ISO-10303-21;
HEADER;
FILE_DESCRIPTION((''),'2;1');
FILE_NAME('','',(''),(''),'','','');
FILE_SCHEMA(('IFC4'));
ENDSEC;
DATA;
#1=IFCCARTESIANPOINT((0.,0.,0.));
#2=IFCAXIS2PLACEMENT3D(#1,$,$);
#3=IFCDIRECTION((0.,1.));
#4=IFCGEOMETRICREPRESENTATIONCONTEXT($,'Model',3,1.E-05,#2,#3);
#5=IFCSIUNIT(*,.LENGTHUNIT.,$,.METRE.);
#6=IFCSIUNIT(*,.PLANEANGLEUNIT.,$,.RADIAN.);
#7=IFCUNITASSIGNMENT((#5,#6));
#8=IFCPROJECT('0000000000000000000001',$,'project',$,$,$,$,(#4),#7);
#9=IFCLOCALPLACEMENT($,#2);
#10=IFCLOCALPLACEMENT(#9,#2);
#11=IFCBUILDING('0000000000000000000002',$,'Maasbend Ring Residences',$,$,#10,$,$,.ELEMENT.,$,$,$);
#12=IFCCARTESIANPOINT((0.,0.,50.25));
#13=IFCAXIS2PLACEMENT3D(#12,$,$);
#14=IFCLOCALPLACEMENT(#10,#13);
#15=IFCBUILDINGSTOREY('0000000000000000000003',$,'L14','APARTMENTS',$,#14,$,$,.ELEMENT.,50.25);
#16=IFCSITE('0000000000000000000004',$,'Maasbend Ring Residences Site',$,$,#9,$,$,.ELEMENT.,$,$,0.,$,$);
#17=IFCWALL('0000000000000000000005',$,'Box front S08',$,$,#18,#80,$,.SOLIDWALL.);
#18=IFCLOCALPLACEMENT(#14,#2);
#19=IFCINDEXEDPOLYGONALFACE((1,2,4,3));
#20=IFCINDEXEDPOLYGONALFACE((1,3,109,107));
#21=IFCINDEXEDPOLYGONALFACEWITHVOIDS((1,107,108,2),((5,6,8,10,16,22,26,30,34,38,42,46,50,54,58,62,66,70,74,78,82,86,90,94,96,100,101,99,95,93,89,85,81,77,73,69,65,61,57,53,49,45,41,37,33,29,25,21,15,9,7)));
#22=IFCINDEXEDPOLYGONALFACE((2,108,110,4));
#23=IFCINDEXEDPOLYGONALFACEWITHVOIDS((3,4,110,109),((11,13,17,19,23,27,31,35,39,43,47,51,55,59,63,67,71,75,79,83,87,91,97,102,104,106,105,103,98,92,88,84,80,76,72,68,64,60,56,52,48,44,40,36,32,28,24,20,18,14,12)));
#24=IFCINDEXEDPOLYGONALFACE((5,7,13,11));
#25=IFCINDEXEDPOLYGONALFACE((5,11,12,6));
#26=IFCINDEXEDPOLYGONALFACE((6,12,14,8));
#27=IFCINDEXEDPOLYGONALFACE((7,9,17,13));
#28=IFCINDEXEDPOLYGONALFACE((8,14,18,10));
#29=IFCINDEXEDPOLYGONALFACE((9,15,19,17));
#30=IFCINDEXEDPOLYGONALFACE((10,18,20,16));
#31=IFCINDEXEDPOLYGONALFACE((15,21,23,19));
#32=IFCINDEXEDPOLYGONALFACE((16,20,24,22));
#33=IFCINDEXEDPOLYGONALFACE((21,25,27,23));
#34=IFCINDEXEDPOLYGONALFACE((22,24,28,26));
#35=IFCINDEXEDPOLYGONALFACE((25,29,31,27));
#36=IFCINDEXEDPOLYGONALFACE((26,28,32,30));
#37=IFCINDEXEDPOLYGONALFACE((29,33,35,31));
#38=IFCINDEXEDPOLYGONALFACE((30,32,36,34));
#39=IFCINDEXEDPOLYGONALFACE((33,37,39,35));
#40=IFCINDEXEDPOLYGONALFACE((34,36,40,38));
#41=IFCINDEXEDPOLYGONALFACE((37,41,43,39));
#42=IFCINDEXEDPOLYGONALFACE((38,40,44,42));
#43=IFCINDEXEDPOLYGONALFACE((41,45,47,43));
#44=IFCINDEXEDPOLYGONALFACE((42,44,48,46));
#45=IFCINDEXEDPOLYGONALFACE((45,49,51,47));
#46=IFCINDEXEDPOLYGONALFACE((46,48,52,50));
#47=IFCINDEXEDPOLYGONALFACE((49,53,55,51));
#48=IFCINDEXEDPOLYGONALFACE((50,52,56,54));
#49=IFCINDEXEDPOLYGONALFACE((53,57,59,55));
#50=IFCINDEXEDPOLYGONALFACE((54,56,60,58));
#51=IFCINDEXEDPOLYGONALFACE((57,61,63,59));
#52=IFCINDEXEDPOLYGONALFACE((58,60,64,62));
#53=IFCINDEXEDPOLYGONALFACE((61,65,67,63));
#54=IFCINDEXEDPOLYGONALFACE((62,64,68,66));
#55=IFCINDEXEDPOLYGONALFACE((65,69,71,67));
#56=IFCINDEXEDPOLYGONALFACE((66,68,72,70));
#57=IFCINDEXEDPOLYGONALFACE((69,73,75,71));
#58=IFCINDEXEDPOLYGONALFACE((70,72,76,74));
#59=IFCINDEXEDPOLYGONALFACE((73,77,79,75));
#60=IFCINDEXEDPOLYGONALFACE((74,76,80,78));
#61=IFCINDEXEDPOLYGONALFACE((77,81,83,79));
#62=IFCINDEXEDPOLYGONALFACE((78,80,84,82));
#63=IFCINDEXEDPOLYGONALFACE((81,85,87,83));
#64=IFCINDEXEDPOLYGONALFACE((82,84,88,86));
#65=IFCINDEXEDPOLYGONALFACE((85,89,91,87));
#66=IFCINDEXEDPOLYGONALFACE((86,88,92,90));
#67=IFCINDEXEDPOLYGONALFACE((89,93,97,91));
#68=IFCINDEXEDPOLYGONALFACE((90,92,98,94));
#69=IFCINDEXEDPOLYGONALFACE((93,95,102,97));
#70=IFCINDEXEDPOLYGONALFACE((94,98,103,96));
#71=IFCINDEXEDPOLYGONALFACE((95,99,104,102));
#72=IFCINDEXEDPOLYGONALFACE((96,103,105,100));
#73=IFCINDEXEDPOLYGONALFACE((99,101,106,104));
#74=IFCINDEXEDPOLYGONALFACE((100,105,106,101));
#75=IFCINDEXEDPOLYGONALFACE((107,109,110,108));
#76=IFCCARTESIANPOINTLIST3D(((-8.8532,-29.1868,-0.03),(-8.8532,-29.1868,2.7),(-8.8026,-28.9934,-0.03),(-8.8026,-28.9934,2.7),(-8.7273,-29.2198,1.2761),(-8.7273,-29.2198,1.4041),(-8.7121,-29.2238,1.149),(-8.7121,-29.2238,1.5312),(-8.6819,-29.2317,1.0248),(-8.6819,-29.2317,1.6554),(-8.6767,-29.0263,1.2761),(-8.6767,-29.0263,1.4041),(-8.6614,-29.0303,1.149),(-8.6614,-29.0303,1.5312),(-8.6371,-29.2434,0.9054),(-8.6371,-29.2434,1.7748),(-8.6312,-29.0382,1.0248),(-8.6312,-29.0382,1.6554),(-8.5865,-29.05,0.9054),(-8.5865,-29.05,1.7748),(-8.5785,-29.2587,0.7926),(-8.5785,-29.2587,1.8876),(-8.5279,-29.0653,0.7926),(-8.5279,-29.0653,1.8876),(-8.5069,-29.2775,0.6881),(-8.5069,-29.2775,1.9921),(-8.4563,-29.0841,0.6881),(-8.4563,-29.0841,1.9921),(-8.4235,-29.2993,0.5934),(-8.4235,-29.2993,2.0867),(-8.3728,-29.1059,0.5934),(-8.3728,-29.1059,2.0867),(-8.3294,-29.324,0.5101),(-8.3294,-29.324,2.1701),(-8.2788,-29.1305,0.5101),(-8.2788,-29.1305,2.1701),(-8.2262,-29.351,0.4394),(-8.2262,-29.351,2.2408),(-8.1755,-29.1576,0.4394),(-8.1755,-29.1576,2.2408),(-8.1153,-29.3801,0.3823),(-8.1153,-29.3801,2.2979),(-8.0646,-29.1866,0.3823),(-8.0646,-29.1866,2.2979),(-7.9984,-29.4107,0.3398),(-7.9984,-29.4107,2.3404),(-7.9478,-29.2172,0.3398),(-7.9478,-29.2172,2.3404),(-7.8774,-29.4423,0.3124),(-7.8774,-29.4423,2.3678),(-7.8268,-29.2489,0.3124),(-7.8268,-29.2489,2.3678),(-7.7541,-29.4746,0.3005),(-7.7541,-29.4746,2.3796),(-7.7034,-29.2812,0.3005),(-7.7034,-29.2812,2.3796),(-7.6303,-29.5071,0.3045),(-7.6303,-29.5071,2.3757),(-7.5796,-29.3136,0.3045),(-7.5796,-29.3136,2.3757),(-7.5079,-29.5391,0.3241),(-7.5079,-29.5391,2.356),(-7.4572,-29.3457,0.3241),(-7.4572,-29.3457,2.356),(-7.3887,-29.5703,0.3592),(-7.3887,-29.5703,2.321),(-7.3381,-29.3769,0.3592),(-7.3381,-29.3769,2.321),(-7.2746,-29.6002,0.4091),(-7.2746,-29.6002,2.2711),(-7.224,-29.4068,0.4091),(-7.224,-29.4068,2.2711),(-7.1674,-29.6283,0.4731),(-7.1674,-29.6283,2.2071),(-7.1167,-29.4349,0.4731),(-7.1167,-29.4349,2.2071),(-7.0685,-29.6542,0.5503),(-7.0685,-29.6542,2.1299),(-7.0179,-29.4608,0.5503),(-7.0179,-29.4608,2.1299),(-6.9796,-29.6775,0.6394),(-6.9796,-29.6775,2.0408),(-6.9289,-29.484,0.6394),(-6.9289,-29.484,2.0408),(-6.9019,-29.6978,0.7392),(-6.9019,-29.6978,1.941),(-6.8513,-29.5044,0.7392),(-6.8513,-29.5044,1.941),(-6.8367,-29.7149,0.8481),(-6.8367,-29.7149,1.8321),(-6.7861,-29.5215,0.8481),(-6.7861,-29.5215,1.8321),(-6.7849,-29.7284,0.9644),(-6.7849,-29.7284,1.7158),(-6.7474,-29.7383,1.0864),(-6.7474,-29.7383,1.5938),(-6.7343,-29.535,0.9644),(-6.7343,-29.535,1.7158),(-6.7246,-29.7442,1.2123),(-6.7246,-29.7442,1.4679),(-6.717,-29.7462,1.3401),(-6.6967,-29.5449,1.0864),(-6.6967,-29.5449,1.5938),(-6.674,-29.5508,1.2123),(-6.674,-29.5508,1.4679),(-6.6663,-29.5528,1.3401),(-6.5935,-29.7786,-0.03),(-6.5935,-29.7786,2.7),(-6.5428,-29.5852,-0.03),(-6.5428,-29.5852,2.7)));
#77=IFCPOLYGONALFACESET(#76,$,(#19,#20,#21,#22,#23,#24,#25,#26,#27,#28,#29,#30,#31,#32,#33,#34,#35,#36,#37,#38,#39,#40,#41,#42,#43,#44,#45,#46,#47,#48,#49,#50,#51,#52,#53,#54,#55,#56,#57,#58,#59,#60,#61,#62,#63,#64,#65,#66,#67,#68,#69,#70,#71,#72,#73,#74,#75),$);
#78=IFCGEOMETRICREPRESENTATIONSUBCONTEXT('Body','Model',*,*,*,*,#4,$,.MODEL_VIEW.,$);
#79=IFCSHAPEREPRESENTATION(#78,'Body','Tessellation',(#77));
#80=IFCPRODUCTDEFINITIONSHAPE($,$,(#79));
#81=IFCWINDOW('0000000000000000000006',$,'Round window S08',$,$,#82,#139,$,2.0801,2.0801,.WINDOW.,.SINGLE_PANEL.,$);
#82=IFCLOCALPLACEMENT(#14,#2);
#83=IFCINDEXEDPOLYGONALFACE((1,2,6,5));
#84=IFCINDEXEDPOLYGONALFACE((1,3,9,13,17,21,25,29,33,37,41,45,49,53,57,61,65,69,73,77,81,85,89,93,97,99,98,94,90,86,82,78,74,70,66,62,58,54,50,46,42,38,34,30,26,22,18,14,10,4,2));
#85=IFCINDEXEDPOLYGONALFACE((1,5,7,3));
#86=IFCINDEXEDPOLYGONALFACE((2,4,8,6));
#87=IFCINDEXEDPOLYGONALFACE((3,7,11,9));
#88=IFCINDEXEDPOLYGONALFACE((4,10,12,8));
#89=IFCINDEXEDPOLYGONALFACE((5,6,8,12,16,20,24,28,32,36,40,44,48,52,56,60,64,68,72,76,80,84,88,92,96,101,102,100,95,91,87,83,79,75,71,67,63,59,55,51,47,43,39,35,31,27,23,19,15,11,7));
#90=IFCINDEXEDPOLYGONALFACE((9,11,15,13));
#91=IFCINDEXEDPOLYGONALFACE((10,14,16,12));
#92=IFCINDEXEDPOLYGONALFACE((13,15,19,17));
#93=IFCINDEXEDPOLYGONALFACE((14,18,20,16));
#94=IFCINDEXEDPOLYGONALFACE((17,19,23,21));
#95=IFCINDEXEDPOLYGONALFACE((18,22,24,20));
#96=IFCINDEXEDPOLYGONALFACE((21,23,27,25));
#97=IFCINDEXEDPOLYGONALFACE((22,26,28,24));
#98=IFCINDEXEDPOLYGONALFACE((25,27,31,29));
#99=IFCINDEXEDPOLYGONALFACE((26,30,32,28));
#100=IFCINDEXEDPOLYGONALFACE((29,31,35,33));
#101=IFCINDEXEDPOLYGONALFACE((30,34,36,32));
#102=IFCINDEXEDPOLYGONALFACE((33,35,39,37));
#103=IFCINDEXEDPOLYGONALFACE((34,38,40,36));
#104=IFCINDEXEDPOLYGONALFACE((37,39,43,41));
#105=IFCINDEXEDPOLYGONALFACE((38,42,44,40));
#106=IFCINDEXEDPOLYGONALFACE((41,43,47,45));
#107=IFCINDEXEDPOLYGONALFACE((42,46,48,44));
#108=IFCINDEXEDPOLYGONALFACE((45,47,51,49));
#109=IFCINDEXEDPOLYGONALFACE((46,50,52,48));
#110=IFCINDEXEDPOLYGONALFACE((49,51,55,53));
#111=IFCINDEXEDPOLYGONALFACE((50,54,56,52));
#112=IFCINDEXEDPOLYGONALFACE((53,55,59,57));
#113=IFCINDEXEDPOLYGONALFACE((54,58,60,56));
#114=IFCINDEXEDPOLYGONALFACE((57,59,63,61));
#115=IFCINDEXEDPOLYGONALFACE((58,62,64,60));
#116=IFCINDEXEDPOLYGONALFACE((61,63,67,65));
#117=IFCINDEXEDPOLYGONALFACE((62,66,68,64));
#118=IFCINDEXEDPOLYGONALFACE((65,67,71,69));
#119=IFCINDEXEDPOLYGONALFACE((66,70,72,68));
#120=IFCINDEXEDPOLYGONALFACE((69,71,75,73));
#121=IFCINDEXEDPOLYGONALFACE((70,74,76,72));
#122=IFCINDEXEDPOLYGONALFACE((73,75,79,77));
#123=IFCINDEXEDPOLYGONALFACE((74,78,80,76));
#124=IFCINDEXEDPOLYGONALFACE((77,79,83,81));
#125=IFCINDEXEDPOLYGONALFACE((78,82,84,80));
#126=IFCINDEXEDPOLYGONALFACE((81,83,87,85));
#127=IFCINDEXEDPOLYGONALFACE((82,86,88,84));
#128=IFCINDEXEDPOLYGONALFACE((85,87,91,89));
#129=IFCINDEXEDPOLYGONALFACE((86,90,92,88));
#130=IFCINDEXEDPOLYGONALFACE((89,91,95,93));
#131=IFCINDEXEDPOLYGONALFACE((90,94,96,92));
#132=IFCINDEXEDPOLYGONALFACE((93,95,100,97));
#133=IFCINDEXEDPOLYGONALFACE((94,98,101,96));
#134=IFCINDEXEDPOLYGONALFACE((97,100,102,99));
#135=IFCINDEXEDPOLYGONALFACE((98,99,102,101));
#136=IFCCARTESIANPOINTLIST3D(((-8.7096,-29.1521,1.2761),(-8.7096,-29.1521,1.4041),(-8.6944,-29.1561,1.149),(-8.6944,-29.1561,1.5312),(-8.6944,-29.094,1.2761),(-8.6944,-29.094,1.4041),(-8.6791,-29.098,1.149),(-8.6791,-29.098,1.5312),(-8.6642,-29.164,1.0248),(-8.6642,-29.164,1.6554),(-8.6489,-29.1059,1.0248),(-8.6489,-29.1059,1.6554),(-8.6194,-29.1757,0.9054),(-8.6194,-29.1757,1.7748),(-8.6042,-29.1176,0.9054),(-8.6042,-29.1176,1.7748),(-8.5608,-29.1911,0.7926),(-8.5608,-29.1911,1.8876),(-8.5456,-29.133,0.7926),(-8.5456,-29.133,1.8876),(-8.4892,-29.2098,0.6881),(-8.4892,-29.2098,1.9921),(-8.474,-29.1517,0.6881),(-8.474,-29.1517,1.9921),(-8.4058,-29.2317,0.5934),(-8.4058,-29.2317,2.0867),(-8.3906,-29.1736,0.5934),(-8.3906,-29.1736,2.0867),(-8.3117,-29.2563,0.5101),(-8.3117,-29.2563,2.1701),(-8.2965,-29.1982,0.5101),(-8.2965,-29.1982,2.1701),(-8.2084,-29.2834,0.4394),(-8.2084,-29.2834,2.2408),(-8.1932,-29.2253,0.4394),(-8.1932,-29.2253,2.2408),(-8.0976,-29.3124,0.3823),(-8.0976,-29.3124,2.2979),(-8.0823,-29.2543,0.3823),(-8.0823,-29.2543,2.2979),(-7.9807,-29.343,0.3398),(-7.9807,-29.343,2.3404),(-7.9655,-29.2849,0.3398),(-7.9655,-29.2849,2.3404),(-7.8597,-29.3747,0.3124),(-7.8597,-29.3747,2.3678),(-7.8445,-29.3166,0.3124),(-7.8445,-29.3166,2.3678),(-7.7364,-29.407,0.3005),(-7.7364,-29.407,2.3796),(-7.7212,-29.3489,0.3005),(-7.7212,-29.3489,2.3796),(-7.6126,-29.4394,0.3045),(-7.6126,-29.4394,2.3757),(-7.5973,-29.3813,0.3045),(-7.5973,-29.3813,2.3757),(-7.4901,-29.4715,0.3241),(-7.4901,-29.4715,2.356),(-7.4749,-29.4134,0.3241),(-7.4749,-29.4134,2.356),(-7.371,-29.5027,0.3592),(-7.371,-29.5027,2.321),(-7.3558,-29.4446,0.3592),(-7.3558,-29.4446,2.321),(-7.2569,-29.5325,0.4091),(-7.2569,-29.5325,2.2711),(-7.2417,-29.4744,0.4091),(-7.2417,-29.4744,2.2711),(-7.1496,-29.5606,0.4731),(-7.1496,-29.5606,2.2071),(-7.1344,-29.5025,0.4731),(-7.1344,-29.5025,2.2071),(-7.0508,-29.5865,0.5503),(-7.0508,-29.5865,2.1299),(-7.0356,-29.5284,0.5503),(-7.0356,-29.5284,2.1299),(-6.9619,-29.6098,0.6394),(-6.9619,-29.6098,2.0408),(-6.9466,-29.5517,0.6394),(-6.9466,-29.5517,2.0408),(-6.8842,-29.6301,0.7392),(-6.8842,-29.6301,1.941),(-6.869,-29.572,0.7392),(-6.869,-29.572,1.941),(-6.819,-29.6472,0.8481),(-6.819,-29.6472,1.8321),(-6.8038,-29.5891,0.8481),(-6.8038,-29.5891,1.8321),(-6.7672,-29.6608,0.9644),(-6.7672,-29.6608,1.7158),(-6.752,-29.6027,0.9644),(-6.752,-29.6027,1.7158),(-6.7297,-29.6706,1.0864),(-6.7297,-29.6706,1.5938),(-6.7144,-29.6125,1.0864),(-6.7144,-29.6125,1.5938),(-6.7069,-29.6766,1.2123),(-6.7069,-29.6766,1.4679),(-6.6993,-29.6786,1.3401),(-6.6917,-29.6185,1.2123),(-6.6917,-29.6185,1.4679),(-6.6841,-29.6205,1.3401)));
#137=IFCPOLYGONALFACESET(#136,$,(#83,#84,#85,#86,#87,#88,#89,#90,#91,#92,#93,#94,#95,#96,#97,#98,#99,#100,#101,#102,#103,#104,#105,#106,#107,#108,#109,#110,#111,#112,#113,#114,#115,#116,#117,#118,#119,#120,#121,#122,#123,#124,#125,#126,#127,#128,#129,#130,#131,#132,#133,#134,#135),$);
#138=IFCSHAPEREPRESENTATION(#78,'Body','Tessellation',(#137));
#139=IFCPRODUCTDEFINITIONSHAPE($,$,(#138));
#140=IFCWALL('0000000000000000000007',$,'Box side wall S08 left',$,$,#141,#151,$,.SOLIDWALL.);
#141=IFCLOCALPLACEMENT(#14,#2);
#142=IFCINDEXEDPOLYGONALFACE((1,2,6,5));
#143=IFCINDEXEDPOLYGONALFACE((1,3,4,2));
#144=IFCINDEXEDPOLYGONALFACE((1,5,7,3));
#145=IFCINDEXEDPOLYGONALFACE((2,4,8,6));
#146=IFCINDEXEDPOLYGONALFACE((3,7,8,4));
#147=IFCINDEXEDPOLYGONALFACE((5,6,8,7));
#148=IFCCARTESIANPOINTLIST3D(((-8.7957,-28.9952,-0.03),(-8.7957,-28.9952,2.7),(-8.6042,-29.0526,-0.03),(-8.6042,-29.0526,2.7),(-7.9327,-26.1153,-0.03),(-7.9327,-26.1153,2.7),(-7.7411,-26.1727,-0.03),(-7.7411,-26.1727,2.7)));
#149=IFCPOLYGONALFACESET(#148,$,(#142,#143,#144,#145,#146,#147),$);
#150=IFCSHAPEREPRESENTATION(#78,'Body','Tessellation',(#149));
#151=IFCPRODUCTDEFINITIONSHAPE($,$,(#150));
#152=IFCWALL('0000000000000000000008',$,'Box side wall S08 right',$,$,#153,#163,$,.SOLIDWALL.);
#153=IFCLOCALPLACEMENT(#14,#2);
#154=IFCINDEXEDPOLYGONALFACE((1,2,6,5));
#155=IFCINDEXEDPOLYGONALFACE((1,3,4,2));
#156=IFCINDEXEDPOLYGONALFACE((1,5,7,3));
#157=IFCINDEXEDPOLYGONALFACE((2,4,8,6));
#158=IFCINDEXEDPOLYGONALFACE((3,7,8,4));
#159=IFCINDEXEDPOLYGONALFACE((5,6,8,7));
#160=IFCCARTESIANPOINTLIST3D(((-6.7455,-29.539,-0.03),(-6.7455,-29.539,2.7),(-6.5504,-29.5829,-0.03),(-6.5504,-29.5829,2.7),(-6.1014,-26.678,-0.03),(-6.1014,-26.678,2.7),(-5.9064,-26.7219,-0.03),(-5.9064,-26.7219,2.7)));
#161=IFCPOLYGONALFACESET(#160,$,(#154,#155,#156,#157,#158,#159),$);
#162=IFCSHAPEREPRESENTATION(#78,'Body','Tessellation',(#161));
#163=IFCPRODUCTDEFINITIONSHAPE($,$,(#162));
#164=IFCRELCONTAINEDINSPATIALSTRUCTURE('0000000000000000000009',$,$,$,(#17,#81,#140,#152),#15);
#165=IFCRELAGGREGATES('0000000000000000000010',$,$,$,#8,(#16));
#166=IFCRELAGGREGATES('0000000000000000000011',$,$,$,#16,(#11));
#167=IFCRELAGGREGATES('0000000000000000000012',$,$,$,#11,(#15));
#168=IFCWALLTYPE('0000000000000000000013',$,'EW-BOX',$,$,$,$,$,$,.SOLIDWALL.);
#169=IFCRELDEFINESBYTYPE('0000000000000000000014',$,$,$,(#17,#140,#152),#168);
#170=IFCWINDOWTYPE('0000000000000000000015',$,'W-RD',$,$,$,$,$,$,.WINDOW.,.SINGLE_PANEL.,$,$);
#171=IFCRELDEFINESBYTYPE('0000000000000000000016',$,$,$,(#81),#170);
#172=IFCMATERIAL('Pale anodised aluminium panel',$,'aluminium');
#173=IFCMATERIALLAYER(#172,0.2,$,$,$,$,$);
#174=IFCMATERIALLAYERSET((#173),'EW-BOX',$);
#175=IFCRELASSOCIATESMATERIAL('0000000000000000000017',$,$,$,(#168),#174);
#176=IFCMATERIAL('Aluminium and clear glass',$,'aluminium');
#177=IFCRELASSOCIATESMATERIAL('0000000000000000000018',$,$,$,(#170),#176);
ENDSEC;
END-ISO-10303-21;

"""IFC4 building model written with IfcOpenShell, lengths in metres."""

from ifc_helpers import new_model, si_unit, direction, frame, frame_2d, origin, place, context, subcontext, project, spatial, rectangle, circle, extrude, material, layer, layer_set, type_object, element, fill, save


model = new_model("IFC4")

# Units and contexts
model_context = context("Model", 3, precision=1e-05, world=origin(), true_north=direction((0.0, 1.0)))
body_context = subcontext(model_context, "Body", "Model", "MODEL_VIEW")
ifc_project = project(units=[si_unit("LENGTHUNIT", "METRE"), si_unit("PLANEANGLEUNIT", "RADIAN")], contexts=[model_context])

# Site, building, storey
site_placement = place(None, origin())
site = spatial("IfcSite", under=ifc_project, at=site_placement, Name="Maasbend Ring Residences Site", CompositionType="ELEMENT", RefElevation=0.0)
building_placement = place(site_placement, origin())
building = spatial("IfcBuilding", under=site, at=building_placement, Name="Maasbend Ring Residences", CompositionType="ELEMENT")
storey_placement = place(building_placement, frame((0.0, 0.0, 50.25)))
storey = spatial("IfcBuildingStorey", under=building, at=storey_placement, Name="L14", Description="APARTMENTS", CompositionType="ELEMENT", Elevation=50.25)

# Wall, opening, window
ifc_material_1 = material(Name="Pale anodised aluminium panel", Category="aluminium")
ifc_layer_1 = layer(ifc_material_1, 0.2)
ifc_layer_set_1 = layer_set([ifc_layer_1], Name="EW-BOX")
wall_type_1 = type_object("IfcWallType", Name="EW-BOX", PredefinedType="SOLIDWALL", material=ifc_layer_set_1)
wall_1_placement = place(storey_placement, frame((-8.8279, -29.0901, -0.03), z_axis=(0.0, 0.0, 1.0), x_axis=(0.967377, -0.253341, 0.0)))
wall_1 = element("IfcWall", 1, at=wall_1_placement, inside=storey, type_object=wall_type_1, Name="Box front S08", PredefinedType="SOLIDWALL", context=body_context, shape_type="SweptSolid", body=[
    extrude(rectangle(XDim=2.3359, YDim=0.2, at=frame_2d((1.168, 0.0))), origin(), (0.0, 0.0, 1.0), 2.73),
])
opening_1_placement = place(wall_1_placement, frame((0.1282, 0.0, 0.3301)))
opening_1 = element("IfcOpeningElement", 2, at=opening_1_placement, cuts=wall_1, PredefinedType="OPENING", context=body_context, shape_type="SweptSolid", body=[
    extrude(circle(Radius=1.04, at=frame_2d((1.04, 1.04))), frame((0.0, 0.1099, 0.0), z_axis=(0.0, -1.0, 0.0), x_axis=(1.0, 0.0, 0.0)), (0.0, 0.0, 1.0), 0.22),
])
ifc_material_2 = material(Name="Aluminium and clear glass", Category="aluminium")
window_type_1 = type_object("IfcWindowType", Name="W-RD", PartitioningType="SINGLE_PANEL", PredefinedType="WINDOW", material=ifc_material_2)
window_1_placement = place(opening_1_placement, origin())
window_1 = element("IfcWindow", 3, at=window_1_placement, inside=storey, type_object=window_type_1, Name="Round window S08", OverallHeight=2.0801, OverallWidth=2.0801, PartitioningType="SINGLE_PANEL", PredefinedType="WINDOW", context=body_context, shape_type="SweptSolid", body=[
    extrude(circle(Radius=1.04, at=frame_2d((1.04, 1.04))), frame((0.0, 0.03, 0.0), z_axis=(0.0, -1.0, 0.0), x_axis=(1.0, 0.0, 0.0)), (0.0, 0.0, 1.0), 0.0601),
])
fill(opening_1, window_1)

# Walls
wall_2_placement = place(storey_placement, frame((-7.8369, -26.144, -0.03), z_axis=(0.0, 0.0, 1.0), x_axis=(-0.287065, -0.957911, 0.0)))
element("IfcWall", 4, at=wall_2_placement, inside=storey, type_object=wall_type_1, Name="Box side wall S08 left", PredefinedType="SOLIDWALL", context=body_context, shape_type="SweptSolid", body=[
    extrude(rectangle(XDim=3.0063, YDim=0.2, at=frame_2d((1.5032, 0.0))), origin(), (0.0, 0.0, 1.0), 2.73),
])
wall_3_placement = place(storey_placement, frame((-6.0039, -26.7, -0.03), z_axis=(0.0, 0.0, 1.0), x_axis=(-0.219609, -0.975588, 0.0)))
element("IfcWall", 5, at=wall_3_placement, inside=storey, type_object=wall_type_1, Name="Box side wall S08 right", PredefinedType="SOLIDWALL", context=body_context, shape_type="SweptSolid", body=[
    extrude(rectangle(XDim=2.9326, YDim=0.2, at=frame_2d((1.4663, 0.0))), origin(), (0.0, 0.0, 1.0), 2.73),
])

save(model, "model.ifc")
